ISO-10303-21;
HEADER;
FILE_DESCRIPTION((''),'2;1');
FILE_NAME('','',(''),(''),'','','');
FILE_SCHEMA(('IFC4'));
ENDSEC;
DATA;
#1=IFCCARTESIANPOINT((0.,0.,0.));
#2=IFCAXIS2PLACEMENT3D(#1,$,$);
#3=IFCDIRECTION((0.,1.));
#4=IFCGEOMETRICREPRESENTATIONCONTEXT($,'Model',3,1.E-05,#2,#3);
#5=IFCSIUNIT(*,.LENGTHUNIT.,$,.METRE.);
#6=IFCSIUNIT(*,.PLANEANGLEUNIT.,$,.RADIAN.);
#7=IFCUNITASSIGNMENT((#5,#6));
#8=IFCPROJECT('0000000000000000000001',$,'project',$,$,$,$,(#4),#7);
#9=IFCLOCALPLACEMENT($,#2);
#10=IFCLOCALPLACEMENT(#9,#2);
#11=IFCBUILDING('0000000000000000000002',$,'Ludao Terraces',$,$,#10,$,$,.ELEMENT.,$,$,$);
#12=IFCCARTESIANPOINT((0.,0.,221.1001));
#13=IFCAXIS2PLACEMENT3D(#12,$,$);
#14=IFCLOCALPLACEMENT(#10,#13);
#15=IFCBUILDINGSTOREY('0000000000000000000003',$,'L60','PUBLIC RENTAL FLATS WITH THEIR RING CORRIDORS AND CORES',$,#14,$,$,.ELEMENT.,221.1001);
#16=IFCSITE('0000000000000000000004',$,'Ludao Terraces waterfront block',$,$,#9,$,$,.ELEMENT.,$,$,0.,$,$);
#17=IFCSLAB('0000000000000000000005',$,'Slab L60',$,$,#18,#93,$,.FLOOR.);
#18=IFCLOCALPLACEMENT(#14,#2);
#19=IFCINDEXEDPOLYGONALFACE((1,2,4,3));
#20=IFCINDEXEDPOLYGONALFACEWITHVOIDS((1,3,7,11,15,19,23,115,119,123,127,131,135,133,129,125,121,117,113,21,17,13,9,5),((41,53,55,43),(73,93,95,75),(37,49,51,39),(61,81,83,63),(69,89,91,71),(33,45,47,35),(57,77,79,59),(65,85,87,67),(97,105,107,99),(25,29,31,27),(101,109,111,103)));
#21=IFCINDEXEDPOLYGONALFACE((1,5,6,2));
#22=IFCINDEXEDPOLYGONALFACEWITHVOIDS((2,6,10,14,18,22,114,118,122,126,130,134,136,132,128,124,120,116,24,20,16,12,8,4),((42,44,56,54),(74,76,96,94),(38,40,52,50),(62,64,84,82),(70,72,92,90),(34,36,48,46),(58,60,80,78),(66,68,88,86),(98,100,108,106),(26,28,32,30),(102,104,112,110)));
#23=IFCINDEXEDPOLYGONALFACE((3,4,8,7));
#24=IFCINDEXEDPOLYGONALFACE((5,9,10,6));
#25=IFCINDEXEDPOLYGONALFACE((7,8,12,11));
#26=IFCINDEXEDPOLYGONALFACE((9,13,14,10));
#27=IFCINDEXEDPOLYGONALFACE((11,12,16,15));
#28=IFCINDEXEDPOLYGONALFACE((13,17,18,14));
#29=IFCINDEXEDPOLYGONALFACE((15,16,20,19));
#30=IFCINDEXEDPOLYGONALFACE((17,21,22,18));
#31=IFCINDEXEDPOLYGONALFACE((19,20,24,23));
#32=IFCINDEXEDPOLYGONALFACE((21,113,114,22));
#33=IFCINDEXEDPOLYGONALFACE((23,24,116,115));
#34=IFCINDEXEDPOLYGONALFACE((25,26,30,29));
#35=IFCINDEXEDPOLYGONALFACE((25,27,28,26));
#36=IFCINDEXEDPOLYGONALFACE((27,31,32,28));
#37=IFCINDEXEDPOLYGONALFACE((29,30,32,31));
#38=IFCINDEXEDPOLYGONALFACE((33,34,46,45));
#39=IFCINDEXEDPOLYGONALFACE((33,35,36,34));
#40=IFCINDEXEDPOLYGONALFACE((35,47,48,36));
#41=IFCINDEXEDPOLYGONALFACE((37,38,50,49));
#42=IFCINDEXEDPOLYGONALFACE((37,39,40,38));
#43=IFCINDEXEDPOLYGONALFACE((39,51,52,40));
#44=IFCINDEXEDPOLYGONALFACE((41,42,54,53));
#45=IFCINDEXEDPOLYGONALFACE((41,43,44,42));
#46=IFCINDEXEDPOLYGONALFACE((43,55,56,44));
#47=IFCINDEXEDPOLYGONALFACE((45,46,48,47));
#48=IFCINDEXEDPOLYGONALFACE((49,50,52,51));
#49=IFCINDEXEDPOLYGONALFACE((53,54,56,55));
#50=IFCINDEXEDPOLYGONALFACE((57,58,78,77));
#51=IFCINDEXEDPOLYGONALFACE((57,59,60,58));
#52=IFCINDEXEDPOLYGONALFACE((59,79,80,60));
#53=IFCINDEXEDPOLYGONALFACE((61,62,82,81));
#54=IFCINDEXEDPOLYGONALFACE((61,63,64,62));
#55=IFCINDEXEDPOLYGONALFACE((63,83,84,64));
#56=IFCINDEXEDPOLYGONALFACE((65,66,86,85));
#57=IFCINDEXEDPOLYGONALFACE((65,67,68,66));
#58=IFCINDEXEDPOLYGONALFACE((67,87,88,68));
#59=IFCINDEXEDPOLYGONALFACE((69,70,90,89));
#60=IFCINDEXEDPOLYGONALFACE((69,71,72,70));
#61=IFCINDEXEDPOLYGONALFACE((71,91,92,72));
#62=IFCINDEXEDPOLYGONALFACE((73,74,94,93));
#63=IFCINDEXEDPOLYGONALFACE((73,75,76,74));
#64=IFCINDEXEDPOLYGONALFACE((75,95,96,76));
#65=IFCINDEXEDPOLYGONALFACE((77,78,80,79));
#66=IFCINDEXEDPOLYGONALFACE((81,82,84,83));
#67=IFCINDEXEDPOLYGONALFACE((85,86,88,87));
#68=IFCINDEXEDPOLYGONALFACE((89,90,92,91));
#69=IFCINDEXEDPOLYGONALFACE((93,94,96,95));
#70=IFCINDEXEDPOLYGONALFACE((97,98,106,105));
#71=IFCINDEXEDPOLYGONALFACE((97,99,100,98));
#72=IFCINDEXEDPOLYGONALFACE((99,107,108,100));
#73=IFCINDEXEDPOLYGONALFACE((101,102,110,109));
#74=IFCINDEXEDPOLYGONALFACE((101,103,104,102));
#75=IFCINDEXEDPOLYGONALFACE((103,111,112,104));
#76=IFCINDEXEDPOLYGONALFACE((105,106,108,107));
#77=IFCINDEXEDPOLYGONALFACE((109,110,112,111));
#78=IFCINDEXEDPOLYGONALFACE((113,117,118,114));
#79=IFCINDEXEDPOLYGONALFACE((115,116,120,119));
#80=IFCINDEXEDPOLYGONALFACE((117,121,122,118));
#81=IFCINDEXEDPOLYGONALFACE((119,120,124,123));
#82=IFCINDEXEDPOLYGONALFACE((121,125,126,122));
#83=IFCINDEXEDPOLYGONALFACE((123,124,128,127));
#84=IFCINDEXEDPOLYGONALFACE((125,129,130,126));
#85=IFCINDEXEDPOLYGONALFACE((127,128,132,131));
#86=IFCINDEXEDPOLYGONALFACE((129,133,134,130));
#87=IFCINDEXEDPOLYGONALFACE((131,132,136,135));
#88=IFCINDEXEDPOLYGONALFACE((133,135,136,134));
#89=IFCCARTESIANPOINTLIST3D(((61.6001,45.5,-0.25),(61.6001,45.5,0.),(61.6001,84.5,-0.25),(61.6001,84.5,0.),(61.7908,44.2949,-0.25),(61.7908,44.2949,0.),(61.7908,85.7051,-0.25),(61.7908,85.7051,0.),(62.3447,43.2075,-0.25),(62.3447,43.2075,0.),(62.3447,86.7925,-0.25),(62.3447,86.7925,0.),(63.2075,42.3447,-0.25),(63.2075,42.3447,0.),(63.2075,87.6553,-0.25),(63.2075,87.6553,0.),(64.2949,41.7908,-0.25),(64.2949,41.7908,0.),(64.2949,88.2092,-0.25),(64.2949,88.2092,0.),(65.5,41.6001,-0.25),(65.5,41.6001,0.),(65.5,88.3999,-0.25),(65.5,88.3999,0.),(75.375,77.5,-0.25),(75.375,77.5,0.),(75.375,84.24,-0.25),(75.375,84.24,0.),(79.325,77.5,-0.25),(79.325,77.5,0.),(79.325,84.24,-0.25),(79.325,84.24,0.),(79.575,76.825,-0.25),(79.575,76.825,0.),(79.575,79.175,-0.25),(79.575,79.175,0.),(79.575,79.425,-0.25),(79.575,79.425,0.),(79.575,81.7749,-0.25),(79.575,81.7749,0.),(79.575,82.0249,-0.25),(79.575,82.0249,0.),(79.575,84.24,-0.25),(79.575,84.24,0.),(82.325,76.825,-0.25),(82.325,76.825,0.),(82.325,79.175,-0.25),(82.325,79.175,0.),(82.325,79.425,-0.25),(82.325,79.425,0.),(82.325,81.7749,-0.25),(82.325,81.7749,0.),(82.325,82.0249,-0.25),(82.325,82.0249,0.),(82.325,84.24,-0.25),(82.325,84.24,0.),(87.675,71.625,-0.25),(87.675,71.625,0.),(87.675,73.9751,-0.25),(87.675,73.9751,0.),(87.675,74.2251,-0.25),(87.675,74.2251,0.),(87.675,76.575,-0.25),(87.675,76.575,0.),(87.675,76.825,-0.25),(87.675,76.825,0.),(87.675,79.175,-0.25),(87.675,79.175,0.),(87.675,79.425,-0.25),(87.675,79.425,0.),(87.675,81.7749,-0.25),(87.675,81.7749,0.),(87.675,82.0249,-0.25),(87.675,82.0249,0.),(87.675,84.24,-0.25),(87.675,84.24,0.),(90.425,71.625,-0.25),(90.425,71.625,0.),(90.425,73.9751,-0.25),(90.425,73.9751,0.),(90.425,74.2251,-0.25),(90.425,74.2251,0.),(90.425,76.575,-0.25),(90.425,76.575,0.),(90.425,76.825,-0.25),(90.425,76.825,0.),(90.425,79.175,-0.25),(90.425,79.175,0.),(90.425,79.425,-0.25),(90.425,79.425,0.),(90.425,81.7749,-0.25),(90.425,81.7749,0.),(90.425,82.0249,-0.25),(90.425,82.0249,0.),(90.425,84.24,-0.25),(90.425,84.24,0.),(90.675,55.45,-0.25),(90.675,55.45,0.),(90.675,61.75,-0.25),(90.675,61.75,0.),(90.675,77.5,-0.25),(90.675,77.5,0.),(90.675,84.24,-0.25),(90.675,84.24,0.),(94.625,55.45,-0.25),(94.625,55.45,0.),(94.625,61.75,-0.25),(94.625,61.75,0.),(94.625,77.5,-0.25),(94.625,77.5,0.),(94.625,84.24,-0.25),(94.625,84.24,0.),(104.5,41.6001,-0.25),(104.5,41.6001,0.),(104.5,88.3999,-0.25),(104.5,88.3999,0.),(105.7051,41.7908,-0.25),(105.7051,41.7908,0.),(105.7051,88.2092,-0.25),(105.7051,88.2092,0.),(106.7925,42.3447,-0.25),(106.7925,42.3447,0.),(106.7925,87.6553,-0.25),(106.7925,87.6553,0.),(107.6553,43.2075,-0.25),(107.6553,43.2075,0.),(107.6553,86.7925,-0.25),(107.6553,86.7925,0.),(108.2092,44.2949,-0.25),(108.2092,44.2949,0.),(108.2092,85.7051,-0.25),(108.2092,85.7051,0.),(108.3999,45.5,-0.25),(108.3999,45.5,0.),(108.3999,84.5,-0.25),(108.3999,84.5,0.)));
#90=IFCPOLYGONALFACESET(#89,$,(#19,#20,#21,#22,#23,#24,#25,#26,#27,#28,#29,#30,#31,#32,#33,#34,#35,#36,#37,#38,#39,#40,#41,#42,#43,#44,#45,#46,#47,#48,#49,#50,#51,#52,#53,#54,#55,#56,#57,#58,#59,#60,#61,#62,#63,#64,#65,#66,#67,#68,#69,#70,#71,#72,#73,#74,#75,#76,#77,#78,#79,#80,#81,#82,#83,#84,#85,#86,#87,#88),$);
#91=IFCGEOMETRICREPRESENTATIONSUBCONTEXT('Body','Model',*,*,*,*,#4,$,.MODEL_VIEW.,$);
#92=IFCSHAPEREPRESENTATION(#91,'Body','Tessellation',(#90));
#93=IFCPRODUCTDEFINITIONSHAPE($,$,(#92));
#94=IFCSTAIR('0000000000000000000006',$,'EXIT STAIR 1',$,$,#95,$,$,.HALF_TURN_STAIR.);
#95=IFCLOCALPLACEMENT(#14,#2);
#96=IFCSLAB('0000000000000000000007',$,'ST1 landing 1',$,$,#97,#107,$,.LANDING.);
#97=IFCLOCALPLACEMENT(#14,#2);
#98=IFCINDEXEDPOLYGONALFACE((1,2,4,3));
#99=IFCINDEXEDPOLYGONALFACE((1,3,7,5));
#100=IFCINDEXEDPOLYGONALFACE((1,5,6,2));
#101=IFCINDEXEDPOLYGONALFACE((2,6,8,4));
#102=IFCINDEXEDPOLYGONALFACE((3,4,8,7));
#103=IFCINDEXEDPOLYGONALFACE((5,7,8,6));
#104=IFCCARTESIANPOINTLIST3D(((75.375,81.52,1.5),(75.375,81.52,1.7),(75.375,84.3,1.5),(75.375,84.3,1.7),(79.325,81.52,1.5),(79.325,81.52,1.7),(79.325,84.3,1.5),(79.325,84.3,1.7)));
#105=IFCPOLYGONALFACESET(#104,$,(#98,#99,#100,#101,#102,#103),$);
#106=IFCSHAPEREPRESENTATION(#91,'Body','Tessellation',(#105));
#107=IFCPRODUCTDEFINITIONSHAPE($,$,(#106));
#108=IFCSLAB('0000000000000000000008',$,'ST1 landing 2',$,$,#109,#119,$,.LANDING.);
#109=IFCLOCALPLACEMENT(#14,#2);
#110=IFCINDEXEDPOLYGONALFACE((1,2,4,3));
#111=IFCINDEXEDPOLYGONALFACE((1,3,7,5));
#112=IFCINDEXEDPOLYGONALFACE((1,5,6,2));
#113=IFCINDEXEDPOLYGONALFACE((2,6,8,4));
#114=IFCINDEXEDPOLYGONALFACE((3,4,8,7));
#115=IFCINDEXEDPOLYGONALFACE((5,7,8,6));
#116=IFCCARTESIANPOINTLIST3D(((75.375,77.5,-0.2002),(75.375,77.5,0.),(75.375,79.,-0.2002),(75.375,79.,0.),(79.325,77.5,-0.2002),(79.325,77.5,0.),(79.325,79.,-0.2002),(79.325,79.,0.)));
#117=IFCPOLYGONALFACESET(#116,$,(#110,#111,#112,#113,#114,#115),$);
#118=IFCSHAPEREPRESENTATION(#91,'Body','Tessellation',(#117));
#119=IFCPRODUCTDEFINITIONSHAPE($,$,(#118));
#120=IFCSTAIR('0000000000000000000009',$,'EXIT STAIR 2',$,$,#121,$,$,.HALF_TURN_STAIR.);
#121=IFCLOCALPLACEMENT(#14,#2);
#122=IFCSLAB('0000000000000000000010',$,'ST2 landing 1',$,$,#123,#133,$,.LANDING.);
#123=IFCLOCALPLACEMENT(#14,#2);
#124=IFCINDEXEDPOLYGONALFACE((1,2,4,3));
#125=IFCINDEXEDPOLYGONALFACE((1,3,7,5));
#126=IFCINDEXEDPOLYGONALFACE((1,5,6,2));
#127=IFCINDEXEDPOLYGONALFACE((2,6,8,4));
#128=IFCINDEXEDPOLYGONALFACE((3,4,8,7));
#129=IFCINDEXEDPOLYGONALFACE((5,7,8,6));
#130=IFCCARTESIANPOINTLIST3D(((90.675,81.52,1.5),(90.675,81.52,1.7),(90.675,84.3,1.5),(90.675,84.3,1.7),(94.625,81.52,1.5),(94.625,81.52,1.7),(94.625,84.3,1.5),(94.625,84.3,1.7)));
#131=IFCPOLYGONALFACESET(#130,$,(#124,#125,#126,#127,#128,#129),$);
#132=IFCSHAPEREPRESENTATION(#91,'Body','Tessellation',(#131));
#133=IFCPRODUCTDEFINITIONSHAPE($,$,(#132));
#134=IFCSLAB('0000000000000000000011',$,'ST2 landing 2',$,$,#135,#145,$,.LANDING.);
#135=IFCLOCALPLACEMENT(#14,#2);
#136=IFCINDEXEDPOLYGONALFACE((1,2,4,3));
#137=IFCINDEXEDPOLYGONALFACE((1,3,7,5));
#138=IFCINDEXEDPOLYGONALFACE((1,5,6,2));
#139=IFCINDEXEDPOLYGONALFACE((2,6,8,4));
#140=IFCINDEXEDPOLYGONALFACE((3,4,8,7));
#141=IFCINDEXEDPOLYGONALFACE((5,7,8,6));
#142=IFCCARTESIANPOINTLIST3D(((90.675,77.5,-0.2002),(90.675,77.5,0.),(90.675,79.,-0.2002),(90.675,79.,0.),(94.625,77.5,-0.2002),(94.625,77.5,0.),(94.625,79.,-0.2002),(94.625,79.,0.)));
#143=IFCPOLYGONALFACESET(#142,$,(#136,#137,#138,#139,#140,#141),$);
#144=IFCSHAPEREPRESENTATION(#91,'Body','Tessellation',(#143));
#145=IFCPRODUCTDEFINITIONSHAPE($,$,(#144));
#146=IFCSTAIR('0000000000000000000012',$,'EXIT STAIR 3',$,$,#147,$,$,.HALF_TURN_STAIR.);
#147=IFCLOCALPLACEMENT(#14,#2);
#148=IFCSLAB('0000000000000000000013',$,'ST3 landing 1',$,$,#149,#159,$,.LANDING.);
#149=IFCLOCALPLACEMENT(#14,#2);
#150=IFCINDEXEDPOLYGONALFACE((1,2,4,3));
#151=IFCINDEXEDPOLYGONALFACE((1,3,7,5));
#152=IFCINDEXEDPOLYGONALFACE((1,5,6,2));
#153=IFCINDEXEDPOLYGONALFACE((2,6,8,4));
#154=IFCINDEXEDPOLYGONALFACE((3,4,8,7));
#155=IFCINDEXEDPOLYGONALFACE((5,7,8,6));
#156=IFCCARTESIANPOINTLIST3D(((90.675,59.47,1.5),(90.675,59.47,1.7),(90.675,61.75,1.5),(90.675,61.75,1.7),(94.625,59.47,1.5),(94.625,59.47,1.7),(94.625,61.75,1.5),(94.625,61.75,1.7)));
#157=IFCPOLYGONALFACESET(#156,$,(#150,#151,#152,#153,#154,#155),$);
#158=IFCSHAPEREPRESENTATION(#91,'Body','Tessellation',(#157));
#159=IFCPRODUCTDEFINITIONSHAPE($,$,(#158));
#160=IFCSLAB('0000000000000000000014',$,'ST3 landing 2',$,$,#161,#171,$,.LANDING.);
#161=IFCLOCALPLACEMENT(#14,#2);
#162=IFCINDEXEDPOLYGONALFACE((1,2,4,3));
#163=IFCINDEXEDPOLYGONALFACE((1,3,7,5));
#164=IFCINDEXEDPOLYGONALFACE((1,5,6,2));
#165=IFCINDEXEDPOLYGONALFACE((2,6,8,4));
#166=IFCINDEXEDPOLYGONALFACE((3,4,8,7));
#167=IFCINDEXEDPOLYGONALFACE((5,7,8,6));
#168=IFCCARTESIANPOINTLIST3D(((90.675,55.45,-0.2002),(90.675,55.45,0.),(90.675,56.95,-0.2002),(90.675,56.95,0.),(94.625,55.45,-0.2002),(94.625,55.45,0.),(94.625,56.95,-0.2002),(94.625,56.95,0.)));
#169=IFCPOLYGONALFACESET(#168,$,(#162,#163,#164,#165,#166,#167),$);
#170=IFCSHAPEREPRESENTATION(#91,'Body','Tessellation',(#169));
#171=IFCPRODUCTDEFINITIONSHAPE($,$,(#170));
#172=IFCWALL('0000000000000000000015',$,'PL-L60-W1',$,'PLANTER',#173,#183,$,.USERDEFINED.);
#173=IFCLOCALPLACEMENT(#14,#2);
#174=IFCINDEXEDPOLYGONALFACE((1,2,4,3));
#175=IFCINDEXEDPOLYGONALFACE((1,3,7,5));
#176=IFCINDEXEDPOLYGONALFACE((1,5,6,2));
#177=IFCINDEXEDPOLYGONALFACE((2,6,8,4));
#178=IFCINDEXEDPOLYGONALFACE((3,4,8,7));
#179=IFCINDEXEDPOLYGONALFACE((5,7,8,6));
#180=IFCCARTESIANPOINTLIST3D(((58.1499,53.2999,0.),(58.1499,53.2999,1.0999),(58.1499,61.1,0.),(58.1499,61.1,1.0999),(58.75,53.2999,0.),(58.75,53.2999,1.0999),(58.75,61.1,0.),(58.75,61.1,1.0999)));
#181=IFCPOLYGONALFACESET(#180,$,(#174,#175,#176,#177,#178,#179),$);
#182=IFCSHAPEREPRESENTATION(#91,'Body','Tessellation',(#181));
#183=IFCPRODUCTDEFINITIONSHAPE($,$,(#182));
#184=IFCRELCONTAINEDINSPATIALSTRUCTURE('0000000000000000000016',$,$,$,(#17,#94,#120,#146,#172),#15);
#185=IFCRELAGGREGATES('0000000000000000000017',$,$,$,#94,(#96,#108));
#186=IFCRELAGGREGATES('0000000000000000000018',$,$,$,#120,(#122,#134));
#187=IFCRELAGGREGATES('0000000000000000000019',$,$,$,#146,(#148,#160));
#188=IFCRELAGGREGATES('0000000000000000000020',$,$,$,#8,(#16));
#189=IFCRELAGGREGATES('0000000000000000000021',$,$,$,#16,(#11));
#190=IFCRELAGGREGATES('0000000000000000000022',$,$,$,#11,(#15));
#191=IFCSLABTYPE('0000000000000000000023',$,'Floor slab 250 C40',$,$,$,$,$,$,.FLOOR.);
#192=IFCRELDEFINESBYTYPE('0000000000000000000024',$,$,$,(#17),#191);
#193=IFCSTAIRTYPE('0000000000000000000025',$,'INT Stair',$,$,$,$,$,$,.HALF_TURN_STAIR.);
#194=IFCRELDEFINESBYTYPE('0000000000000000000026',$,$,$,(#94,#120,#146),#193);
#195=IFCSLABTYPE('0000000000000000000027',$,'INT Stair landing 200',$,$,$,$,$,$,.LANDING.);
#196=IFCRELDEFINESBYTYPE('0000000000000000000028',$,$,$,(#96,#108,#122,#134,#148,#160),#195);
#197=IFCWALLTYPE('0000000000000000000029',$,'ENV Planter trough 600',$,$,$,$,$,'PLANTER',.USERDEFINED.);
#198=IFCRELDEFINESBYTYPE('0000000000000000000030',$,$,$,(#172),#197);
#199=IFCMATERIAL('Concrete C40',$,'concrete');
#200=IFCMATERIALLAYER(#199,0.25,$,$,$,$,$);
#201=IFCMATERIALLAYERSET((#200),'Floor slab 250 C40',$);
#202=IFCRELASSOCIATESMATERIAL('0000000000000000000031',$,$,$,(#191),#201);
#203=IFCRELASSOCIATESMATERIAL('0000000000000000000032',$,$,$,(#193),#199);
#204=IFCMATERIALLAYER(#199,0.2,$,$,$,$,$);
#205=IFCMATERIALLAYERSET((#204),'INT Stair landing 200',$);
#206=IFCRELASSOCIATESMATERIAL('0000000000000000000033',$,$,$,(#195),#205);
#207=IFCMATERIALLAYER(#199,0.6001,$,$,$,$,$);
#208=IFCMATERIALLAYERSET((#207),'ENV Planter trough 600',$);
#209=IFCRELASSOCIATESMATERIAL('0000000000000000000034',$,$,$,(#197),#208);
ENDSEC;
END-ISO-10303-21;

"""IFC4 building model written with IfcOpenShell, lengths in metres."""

from ifc_helpers import new_model, si_unit, direction, frame, frame_2d, origin, place, context, subcontext, project, spatial, polyline, rectangle, outline, extrude, material, layer, layer_set, type_object, element, aggregate, save


model = new_model("IFC4")

# Units and contexts
model_context = context("Model", 3, precision=1e-05, world=origin(), true_north=direction((0.0, 1.0)))
body_context = subcontext(model_context, "Body", "Model", "MODEL_VIEW")
ifc_project = project(units=[si_unit("LENGTHUNIT", "METRE"), si_unit("PLANEANGLEUNIT", "RADIAN")], contexts=[model_context])

# Site, building, storey
site_placement = place(None, origin())
site = spatial("IfcSite", under=ifc_project, at=site_placement, Name="Ludao Terraces waterfront block", CompositionType="ELEMENT", RefElevation=0.0)
building_placement = place(site_placement, origin())
building = spatial("IfcBuilding", under=site, at=building_placement, Name="Ludao Terraces", CompositionType="ELEMENT")
storey_placement = place(building_placement, frame((0.0, 0.0, 221.1001)))
storey = spatial("IfcBuildingStorey", under=building, at=storey_placement, Name="L60", Description="PUBLIC RENTAL FLATS WITH THEIR RING CORRIDORS AND CORES", CompositionType="ELEMENT", Elevation=221.1001)

# Shared definitions
ifc_material_1 = material(Name="Concrete C40", Category="concrete")

# Slab
ifc_layer_1 = layer(ifc_material_1, 0.25)
ifc_layer_set_1 = layer_set([ifc_layer_1], Name="Floor slab 250 C40")
slab_type_1 = type_object("IfcSlabType", Name="Floor slab 250 C40", PredefinedType="FLOOR", material=ifc_layer_set_1)
slab_1_placement = place(storey_placement, frame((0.0, 0.0, -0.25)))
element("IfcSlab", 1, at=slab_1_placement, inside=storey, type_object=slab_type_1, Name="Slab L60", PredefinedType="FLOOR", context=body_context, shape_type="SweptSolid", body=[
    extrude(outline(polyline([(104.5, 41.6001), (105.7051, 41.7908), (106.7925, 42.3447), (107.6553, 43.2075), (108.2092, 44.2949), (108.3999, 45.5), (108.3999, 84.5), (108.2092, 85.7051), (107.6553, 86.7925), (106.7925, 87.6553), (105.7051, 88.2092), (104.5, 88.3999), (65.5, 88.3999), (64.2949, 88.2092), (63.2075, 87.6553), (62.3447, 86.7925), (61.7908, 85.7051), (61.6001, 84.5), (61.6001, 45.5), (61.7908, 44.2949), (62.3447, 43.2075), (63.2075, 42.3447), (64.2949, 41.7908), (65.5, 41.6001), (104.5, 41.6001)]), holes=[polyline([(79.575, 76.825), (82.325, 76.825), (82.325, 79.175), (79.575, 79.175), (79.575, 76.825)]), polyline([(79.575, 79.425), (82.325, 79.425), (82.325, 81.7749), (79.575, 81.7749), (79.575, 79.425)]), polyline([(79.575, 82.0249), (82.325, 82.0249), (82.325, 84.24), (79.575, 84.24), (79.575, 82.0249)]), polyline([(87.675, 71.625), (90.425, 71.625), (90.425, 73.9751), (87.675, 73.9751), (87.675, 71.625)]), polyline([(87.675, 74.2251), (90.425, 74.2251), (90.425, 76.575), (87.675, 76.575), (87.675, 74.2251)]), polyline([(87.675, 76.825), (90.425, 76.825), (90.425, 79.175), (87.675, 79.175), (87.675, 76.825)]), polyline([(87.675, 79.425), (90.425, 79.425), (90.425, 81.7749), (87.675, 81.7749), (87.675, 79.425)]), polyline([(87.675, 82.0249), (90.425, 82.0249), (90.425, 84.24), (87.675, 84.24), (87.675, 82.0249)]), polyline([(75.375, 77.5), (79.325, 77.5), (79.325, 84.24), (75.375, 84.24), (75.375, 77.5)]), polyline([(90.675, 77.5), (94.625, 77.5), (94.625, 84.24), (90.675, 84.24), (90.675, 77.5)]), polyline([(90.675, 55.45), (94.625, 55.45), (94.625, 61.75), (90.675, 61.75), (90.675, 55.45)])]), origin(), (0.0, 0.0, 1.0), 0.25),
])

# Stairs, slabs
stair_type = type_object("IfcStairType", Name="INT Stair", PredefinedType="HALF_TURN_STAIR", material=ifc_material_1)
stair_1_placement = place(storey_placement, origin())
stair_1 = element("IfcStair", 2, at=stair_1_placement, inside=storey, type_object=stair_type, Name="EXIT STAIR 1", PredefinedType="HALF_TURN_STAIR")
ifc_layer_2 = layer(ifc_material_1, 0.2)
ifc_layer_set_2 = layer_set([ifc_layer_2], Name="INT Stair landing 200")
slab_type_2 = type_object("IfcSlabType", Name="INT Stair landing 200", PredefinedType="LANDING", material=ifc_layer_set_2)
slab_2_placement = place(storey_placement, frame((0.0, 0.0, 1.5)))
slab_2 = element("IfcSlab", 3, at=slab_2_placement, type_object=slab_type_2, Name="ST1 landing 1", PredefinedType="LANDING", context=body_context, shape_type="SweptSolid", body=[
    extrude(outline(polyline([(75.375, 81.52), (79.325, 81.52), (79.325, 84.3), (75.375, 84.3), (75.375, 81.52)])), origin(), (0.0, 0.0, 1.0), 0.2),
])
slab_3_placement = place(storey_placement, frame((0.0, 0.0, -0.2002)))
slab_3 = element("IfcSlab", 4, at=slab_3_placement, type_object=slab_type_2, Name="ST1 landing 2", PredefinedType="LANDING", context=body_context, shape_type="SweptSolid", body=[
    extrude(outline(polyline([(75.375, 77.5), (79.325, 77.5), (79.325, 79.0), (75.375, 79.0), (75.375, 77.5)])), origin(), (0.0, 0.0, 1.0), 0.2002),
])
aggregate(stair_1, [slab_2, slab_3])
stair_2_placement = place(storey_placement, origin())
stair_2 = element("IfcStair", 5, at=stair_2_placement, inside=storey, type_object=stair_type, Name="EXIT STAIR 2", PredefinedType="HALF_TURN_STAIR")
slab_4_placement = place(storey_placement, frame((0.0, 0.0, 1.5)))
slab_4 = element("IfcSlab", 6, at=slab_4_placement, type_object=slab_type_2, Name="ST2 landing 1", PredefinedType="LANDING", context=body_context, shape_type="SweptSolid", body=[
    extrude(outline(polyline([(90.675, 81.52), (94.625, 81.52), (94.625, 84.3), (90.675, 84.3), (90.675, 81.52)])), origin(), (0.0, 0.0, 1.0), 0.2),
])
slab_5_placement = place(storey_placement, frame((0.0, 0.0, -0.2002)))
slab_5 = element("IfcSlab", 7, at=slab_5_placement, type_object=slab_type_2, Name="ST2 landing 2", PredefinedType="LANDING", context=body_context, shape_type="SweptSolid", body=[
    extrude(outline(polyline([(90.675, 77.5), (94.625, 77.5), (94.625, 79.0), (90.675, 79.0), (90.675, 77.5)])), origin(), (0.0, 0.0, 1.0), 0.2002),
])
aggregate(stair_2, [slab_4, slab_5])
stair_3_placement = place(storey_placement, origin())
stair_3 = element("IfcStair", 8, at=stair_3_placement, inside=storey, type_object=stair_type, Name="EXIT STAIR 3", PredefinedType="HALF_TURN_STAIR")
slab_6_placement = place(storey_placement, frame((0.0, 0.0, 1.5)))
slab_6 = element("IfcSlab", 9, at=slab_6_placement, type_object=slab_type_2, Name="ST3 landing 1", PredefinedType="LANDING", context=body_context, shape_type="SweptSolid", body=[
    extrude(outline(polyline([(90.675, 59.47), (94.625, 59.47), (94.625, 61.75), (90.675, 61.75), (90.675, 59.47)])), origin(), (0.0, 0.0, 1.0), 0.2),
])
slab_7_placement = place(storey_placement, frame((0.0, 0.0, -0.2002)))
slab_7 = element("IfcSlab", 10, at=slab_7_placement, type_object=slab_type_2, Name="ST3 landing 2", PredefinedType="LANDING", context=body_context, shape_type="SweptSolid", body=[
    extrude(outline(polyline([(90.675, 55.45), (94.625, 55.45), (94.625, 56.95), (90.675, 56.95), (90.675, 55.45)])), origin(), (0.0, 0.0, 1.0), 0.2002),
])
aggregate(stair_3, [slab_6, slab_7])

# Wall
ifc_layer_3 = layer(ifc_material_1, 0.6001)
ifc_layer_set_3 = layer_set([ifc_layer_3], Name="ENV Planter trough 600")
wall_type = type_object("IfcWallType", Name="ENV Planter trough 600", ElementType="PLANTER", PredefinedType="USERDEFINED", material=ifc_layer_set_3)
wall_1_placement = place(storey_placement, frame((58.45, 53.3, 0.0), z_axis=(0.0, 0.0, 1.0), x_axis=(0.0, 1.0, 0.0)))
element("IfcWall", 11, at=wall_1_placement, inside=storey, type_object=wall_type, Name="PL-L60-W1", ObjectType="PLANTER", PredefinedType="USERDEFINED", context=body_context, shape_type="SweptSolid", body=[
    extrude(rectangle(XDim=7.8, YDim=0.6001, at=frame_2d((3.8999, 0.0))), origin(), (0.0, 0.0, 1.0), 1.0999),
])

save(model, "model.ifc")
